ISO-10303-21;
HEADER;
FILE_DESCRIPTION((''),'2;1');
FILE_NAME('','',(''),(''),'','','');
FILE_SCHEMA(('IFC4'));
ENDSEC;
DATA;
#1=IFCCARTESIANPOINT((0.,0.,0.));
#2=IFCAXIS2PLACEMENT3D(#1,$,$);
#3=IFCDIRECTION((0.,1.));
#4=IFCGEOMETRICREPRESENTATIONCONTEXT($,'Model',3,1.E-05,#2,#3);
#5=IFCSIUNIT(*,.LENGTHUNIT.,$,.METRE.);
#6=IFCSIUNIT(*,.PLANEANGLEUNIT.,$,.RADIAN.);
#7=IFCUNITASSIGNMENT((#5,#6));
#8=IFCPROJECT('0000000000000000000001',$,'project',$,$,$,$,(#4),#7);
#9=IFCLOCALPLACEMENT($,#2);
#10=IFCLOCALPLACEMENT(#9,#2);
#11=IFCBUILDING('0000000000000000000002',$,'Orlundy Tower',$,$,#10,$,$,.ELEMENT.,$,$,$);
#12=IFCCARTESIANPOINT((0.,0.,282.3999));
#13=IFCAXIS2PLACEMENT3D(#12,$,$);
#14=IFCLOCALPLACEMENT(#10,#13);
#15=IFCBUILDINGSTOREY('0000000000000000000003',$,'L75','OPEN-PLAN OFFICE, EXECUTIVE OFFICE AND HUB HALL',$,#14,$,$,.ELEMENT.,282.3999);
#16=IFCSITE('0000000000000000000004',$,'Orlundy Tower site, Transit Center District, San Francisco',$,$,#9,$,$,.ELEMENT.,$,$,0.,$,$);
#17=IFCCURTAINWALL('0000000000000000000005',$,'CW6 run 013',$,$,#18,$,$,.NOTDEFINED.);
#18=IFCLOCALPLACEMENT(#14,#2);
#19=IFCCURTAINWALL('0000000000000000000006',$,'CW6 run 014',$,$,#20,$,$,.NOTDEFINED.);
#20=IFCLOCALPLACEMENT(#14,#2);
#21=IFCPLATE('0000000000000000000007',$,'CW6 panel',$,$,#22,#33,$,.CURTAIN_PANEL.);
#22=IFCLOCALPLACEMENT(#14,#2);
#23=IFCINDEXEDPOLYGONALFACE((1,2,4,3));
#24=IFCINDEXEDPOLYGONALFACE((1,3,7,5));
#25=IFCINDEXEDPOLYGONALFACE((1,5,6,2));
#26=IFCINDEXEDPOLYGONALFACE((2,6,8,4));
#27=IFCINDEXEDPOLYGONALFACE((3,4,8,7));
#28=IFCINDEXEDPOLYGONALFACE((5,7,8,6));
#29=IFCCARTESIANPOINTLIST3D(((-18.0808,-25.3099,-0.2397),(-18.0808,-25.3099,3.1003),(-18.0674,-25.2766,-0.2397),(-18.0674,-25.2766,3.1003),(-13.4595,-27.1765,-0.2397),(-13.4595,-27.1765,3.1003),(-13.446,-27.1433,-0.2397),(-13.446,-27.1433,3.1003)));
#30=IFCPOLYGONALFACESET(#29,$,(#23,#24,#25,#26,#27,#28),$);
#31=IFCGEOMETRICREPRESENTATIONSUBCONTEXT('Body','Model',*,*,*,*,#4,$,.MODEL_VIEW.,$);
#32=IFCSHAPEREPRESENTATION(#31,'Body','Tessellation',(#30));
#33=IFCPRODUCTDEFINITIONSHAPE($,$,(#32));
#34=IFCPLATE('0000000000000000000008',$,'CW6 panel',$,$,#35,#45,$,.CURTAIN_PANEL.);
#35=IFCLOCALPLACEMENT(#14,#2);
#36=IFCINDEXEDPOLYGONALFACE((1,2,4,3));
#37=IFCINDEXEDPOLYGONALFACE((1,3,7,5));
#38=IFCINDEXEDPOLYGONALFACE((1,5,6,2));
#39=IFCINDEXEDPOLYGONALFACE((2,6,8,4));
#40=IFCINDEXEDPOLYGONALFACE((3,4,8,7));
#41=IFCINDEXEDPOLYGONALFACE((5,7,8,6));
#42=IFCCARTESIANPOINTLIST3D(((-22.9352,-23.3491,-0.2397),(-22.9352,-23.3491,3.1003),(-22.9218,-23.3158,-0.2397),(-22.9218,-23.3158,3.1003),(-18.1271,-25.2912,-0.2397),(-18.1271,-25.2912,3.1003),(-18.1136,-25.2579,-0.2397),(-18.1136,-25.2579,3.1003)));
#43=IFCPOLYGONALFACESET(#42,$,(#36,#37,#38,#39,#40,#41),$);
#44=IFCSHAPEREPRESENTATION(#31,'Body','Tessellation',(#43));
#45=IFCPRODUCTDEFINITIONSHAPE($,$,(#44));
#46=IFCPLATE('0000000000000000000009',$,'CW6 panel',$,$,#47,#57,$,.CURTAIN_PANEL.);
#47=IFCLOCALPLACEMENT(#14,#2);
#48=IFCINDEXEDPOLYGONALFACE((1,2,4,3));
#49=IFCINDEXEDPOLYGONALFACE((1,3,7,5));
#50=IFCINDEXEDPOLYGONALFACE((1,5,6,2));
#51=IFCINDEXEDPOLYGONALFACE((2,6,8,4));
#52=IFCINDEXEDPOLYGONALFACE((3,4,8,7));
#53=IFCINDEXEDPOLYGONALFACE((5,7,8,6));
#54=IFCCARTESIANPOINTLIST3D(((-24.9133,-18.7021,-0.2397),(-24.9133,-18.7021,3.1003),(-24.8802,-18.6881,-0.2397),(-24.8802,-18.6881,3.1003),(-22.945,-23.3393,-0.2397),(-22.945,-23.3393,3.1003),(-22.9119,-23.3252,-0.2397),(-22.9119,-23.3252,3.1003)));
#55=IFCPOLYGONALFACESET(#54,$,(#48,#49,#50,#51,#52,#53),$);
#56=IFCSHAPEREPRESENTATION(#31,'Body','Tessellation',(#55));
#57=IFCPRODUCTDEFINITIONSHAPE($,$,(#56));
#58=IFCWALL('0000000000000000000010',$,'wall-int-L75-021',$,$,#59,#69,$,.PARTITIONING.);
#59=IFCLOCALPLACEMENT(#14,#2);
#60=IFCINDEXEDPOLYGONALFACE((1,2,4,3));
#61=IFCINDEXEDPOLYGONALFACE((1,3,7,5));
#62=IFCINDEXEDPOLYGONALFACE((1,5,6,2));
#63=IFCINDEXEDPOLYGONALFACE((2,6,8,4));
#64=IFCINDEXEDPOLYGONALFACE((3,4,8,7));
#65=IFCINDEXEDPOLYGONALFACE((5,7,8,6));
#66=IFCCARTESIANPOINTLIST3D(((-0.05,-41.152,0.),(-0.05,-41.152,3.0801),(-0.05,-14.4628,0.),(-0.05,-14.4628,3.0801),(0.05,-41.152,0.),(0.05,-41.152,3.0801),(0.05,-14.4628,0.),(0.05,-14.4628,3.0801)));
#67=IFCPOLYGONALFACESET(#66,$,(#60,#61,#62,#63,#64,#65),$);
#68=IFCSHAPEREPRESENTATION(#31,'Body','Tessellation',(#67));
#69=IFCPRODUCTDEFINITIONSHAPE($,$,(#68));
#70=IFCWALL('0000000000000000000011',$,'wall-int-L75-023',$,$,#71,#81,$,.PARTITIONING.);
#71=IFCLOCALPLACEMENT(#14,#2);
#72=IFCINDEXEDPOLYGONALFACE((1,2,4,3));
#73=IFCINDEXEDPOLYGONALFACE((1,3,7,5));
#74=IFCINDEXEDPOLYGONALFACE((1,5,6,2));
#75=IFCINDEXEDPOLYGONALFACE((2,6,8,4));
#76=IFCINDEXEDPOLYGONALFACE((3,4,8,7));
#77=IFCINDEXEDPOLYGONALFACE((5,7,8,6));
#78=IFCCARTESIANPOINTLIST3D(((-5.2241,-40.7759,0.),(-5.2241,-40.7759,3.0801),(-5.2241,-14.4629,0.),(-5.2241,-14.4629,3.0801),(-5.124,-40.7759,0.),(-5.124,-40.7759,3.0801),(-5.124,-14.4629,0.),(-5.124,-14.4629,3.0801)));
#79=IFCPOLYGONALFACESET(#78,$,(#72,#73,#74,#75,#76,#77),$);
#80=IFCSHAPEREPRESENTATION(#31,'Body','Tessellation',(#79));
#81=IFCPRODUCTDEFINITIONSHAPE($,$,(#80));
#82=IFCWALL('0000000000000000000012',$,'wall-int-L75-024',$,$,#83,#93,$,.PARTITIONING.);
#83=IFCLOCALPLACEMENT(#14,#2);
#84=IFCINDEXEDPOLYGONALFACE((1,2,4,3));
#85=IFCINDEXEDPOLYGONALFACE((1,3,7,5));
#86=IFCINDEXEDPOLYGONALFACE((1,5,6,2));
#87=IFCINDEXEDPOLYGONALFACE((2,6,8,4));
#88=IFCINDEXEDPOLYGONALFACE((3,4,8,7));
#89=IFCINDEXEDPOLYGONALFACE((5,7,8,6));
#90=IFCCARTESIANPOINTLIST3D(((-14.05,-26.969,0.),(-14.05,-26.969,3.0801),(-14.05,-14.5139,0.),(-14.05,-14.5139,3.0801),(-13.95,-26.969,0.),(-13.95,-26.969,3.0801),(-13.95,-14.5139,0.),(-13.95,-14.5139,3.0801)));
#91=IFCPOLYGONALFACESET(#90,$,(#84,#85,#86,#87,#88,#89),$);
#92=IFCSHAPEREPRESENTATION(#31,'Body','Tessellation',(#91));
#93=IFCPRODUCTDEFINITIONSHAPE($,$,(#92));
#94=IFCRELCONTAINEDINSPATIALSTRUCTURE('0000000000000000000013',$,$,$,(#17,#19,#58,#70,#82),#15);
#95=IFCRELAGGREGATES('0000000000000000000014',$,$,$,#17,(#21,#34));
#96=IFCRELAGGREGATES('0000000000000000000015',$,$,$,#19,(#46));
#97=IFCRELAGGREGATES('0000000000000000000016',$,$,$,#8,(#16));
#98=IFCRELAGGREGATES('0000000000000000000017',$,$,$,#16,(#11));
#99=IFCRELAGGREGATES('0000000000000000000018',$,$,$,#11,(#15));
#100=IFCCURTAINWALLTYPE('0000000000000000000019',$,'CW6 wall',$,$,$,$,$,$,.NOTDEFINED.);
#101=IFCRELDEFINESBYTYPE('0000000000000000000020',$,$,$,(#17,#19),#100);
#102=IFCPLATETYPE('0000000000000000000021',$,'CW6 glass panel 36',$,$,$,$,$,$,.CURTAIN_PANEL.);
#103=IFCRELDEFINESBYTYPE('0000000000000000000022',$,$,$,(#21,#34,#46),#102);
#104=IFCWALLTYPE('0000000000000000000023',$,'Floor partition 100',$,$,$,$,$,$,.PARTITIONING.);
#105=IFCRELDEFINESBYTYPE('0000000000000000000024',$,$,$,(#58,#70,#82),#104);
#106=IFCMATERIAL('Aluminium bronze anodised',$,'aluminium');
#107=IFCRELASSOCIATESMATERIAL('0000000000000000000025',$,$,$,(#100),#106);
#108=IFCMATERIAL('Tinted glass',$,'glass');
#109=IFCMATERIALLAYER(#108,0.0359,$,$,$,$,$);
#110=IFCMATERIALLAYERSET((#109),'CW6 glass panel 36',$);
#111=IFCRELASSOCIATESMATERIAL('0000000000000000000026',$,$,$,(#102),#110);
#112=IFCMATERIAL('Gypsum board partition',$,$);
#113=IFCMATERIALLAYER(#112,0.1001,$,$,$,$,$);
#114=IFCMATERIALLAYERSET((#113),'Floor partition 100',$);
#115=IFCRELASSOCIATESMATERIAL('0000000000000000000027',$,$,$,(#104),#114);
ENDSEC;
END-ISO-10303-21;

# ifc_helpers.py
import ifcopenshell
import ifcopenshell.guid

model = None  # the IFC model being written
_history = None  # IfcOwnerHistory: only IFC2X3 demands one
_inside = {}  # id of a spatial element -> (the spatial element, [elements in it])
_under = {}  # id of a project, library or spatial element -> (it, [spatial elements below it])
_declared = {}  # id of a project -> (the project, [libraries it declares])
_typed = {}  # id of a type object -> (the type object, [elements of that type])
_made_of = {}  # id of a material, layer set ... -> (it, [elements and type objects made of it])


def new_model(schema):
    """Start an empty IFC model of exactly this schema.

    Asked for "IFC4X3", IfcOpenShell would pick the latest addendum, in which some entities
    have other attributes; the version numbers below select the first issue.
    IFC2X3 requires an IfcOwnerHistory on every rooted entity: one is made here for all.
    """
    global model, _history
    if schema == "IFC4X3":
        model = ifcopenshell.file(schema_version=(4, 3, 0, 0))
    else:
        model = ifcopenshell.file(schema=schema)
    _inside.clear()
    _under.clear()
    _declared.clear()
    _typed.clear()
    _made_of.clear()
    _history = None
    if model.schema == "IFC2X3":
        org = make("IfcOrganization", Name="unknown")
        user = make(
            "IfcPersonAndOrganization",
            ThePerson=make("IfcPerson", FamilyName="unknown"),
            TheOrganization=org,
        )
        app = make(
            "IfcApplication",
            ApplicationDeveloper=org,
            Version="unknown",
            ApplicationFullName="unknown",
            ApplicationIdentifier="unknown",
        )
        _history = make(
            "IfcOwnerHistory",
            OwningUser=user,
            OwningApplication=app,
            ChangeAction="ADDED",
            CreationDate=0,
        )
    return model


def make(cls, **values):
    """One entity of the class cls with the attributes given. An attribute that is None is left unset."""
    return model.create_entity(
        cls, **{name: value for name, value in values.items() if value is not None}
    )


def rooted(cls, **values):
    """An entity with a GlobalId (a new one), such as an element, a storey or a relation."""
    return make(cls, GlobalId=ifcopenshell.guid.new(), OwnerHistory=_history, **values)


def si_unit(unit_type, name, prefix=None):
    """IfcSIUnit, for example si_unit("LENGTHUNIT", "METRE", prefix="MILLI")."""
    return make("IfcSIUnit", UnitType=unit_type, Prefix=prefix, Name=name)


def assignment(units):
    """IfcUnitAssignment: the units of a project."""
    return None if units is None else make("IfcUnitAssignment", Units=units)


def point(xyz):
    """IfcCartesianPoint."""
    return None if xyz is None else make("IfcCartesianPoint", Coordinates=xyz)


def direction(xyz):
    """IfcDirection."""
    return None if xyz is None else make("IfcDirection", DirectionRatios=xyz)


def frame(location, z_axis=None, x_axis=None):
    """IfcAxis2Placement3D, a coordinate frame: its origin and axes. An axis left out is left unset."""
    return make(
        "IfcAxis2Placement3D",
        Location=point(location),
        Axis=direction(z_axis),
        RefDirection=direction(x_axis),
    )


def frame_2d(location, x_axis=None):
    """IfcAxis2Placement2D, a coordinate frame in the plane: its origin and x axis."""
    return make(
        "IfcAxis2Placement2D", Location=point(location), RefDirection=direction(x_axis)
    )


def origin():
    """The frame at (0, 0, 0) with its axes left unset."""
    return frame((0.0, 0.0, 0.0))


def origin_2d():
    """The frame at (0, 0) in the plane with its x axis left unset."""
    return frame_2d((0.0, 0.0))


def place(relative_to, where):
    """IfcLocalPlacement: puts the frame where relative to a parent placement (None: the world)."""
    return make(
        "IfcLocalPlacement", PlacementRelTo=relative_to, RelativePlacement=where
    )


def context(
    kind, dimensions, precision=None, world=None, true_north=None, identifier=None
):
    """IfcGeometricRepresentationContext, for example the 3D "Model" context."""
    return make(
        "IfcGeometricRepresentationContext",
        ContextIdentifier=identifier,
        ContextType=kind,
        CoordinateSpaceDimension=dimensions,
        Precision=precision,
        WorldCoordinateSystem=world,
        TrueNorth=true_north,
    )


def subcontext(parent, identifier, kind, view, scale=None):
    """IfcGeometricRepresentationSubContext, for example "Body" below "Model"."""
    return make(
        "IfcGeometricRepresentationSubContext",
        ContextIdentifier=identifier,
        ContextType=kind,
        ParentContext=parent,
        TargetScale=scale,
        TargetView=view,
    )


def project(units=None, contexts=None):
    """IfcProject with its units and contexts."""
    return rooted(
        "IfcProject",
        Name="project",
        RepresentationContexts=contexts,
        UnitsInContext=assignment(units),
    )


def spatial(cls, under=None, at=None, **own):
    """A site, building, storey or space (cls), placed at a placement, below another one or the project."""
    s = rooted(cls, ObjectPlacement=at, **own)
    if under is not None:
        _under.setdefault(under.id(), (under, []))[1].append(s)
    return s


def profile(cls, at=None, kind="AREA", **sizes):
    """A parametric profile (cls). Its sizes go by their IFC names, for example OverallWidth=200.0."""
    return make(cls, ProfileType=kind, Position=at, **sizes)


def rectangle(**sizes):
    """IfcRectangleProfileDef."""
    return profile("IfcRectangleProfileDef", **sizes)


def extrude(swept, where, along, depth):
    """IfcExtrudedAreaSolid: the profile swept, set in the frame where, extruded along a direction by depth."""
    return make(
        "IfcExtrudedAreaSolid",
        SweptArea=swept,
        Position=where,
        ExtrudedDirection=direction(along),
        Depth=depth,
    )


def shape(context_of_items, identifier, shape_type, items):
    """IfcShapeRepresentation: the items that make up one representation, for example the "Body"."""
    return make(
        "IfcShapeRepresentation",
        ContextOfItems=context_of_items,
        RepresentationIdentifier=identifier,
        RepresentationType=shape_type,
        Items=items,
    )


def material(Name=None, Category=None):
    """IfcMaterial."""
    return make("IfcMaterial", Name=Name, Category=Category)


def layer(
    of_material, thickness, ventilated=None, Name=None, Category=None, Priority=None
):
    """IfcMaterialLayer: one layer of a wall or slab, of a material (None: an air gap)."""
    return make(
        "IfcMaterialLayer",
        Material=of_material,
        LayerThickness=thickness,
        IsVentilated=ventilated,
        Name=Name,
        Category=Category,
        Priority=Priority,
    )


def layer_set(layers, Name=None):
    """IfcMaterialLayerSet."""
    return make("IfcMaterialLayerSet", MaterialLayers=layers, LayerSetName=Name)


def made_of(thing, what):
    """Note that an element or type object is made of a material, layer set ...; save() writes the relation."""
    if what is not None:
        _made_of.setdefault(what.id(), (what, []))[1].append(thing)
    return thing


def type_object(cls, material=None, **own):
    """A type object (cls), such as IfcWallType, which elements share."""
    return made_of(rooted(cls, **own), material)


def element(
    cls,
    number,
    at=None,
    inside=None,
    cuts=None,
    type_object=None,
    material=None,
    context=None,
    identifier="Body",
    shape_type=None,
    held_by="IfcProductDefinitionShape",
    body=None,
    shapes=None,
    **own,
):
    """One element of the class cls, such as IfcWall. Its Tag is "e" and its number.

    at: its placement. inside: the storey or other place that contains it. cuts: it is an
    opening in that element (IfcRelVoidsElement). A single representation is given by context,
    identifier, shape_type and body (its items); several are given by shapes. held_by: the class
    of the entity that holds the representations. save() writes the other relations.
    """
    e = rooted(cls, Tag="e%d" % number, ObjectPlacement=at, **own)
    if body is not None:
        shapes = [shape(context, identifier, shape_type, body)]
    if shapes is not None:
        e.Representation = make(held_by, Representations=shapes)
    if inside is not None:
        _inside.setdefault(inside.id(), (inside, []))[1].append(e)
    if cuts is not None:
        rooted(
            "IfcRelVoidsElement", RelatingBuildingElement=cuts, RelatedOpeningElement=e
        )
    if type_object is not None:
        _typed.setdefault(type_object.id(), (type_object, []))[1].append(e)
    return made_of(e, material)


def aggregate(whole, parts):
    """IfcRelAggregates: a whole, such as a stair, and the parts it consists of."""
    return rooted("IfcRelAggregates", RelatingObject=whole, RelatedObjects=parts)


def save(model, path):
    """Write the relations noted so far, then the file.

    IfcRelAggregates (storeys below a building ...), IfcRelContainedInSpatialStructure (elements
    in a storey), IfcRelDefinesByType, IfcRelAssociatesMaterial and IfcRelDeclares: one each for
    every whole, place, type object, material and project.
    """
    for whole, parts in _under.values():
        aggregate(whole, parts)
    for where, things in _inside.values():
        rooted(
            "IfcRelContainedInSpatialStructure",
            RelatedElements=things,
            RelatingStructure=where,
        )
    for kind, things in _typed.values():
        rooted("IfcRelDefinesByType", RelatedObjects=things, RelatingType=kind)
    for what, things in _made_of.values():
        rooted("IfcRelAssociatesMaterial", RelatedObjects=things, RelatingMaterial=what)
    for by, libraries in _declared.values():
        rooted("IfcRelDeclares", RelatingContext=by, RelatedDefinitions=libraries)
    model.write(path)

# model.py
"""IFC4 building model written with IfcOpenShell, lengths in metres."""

from ifc_helpers import new_model, si_unit, direction, frame, frame_2d, origin, origin_2d, place, context, subcontext, project, spatial, rectangle, extrude, material, layer, layer_set, type_object, element, aggregate, save


model = new_model("IFC4")

# Units and contexts
model_context = context("Model", 3, precision=1e-05, world=origin(), true_north=direction((0.0, 1.0)))
body_context = subcontext(model_context, "Body", "Model", "MODEL_VIEW")
ifc_project = project(units=[si_unit("LENGTHUNIT", "METRE"), si_unit("PLANEANGLEUNIT", "RADIAN")], contexts=[model_context])

# Site, building, storey
site_placement = place(None, origin())
site = spatial("IfcSite", under=ifc_project, at=site_placement, Name="Orlundy Tower site, Transit Center District, San Francisco", CompositionType="ELEMENT", RefElevation=0.0)
building_placement = place(site_placement, origin())
building = spatial("IfcBuilding", under=site, at=building_placement, Name="Orlundy Tower", CompositionType="ELEMENT")
storey_placement = place(building_placement, frame((0.0, 0.0, 282.3999)))
storey = spatial("IfcBuildingStorey", under=building, at=storey_placement, Name="L75", Description="OPEN-PLAN OFFICE, EXECUTIVE OFFICE AND HUB HALL", CompositionType="ELEMENT", Elevation=282.3999)

# Curtain walls
ifc_material_1 = material(Name="Aluminium bronze anodised", Category="aluminium")
curtain_wall_type = type_object("IfcCurtainWallType", Name="CW6 wall", PredefinedType="NOTDEFINED", material=ifc_material_1)
curtain_wall_1_placement = place(storey_placement, origin())
curtain_wall_1 = element("IfcCurtainWall", 1, at=curtain_wall_1_placement, inside=storey, type_object=curtain_wall_type, Name="CW6 run 013", PredefinedType="NOTDEFINED")
curtain_wall_2_placement = place(storey_placement, origin())
curtain_wall_2 = element("IfcCurtainWall", 2, at=curtain_wall_2_placement, inside=storey, type_object=curtain_wall_type, Name="CW6 run 014", PredefinedType="NOTDEFINED")

# Shared definitions
ifc_material_2 = material(Name="Tinted glass", Category="glass")
ifc_layer_1 = layer(ifc_material_2, 0.0359)
ifc_layer_set_1 = layer_set([ifc_layer_1], Name="CW6 glass panel 36")
plate_type = type_object("IfcPlateType", Name="CW6 glass panel 36", PredefinedType="CURTAIN_PANEL", material=ifc_layer_set_1)

# Plates
plate_1_placement = place(storey_placement, frame((-15.7634, -26.2266, -0.2397), z_axis=(0.0, 0.0, 1.0), x_axis=(-0.927218, 0.374521, 0.0)))
plate_1 = element("IfcPlate", 3, at=plate_1_placement, type_object=plate_type, Name="CW6 panel", PredefinedType="CURTAIN_PANEL", context=body_context, shape_type="SweptSolid", body=[
    extrude(rectangle(XDim=4.9841, YDim=0.0359, at=origin_2d()), origin(), (0.0, 0.0, 1.0), 3.3401),
])
plate_2_placement = place(storey_placement, frame((-20.5244, -24.3035, -0.2397), z_axis=(0.0, 0.0, 1.0), x_axis=(-0.927218, 0.374521, 0.0)))
plate_2 = element("IfcPlate", 4, at=plate_2_placement, type_object=plate_type, Name="CW6 panel", PredefinedType="CURTAIN_PANEL", context=body_context, shape_type="SweptSolid", body=[
    extrude(rectangle(XDim=5.1855, YDim=0.0359, at=origin_2d()), origin(), (0.0, 0.0, 1.0), 3.3401),
])
aggregate(curtain_wall_1, [plate_1, plate_2])
plate_3_placement = place(storey_placement, frame((-23.9126, -21.0137, -0.2397), z_axis=(0.0, 0.0, 1.0), x_axis=(-0.390727, 0.920507, 0.0)))
plate_3 = element("IfcPlate", 5, at=plate_3_placement, type_object=plate_type, Name="CW6 panel", PredefinedType="CURTAIN_PANEL", context=body_context, shape_type="SweptSolid", body=[
    extrude(rectangle(XDim=5.0376, YDim=0.0359, at=origin_2d()), origin(), (0.0, 0.0, 1.0), 3.3401),
])
aggregate(curtain_wall_2, [plate_3])

# Walls
ifc_material_3 = material(Name="Gypsum board partition")
ifc_layer_2 = layer(ifc_material_3, 0.1001)
ifc_layer_set_2 = layer_set([ifc_layer_2], Name="Floor partition 100")
wall_type = type_object("IfcWallType", Name="Floor partition 100", PredefinedType="PARTITIONING", material=ifc_layer_set_2)
wall_1_placement = place(storey_placement, frame((0.0, -41.1521, 0.0), z_axis=(0.0, 0.0, 1.0), x_axis=(0.0, 1.0, 0.0)))
element("IfcWall", 6, at=wall_1_placement, inside=storey, type_object=wall_type, Name="wall-int-L75-021", PredefinedType="PARTITIONING", context=body_context, shape_type="SweptSolid", body=[
    extrude(rectangle(XDim=26.6892, YDim=0.1001, at=frame_2d((13.3447, 0.0))), origin(), (0.0, 0.0, 1.0), 3.0801),
])
wall_2_placement = place(storey_placement, frame((-5.1741, -40.7759, 0.0), z_axis=(0.0, 0.0, 1.0), x_axis=(0.0, 1.0, 0.0)))
element("IfcWall", 7, at=wall_2_placement, inside=storey, type_object=wall_type, Name="wall-int-L75-023", PredefinedType="PARTITIONING", context=body_context, shape_type="SweptSolid", body=[
    extrude(rectangle(XDim=26.313, YDim=0.1001, at=frame_2d((13.1565, 0.0))), origin(), (0.0, 0.0, 1.0), 3.0801),
])
wall_3_placement = place(storey_placement, frame((-14.0, -26.969, 0.0), z_axis=(0.0, 0.0, 1.0), x_axis=(0.0, 1.0, 0.0)))
element("IfcWall", 8, at=wall_3_placement, inside=storey, type_object=wall_type, Name="wall-int-L75-024", PredefinedType="PARTITIONING", context=body_context, shape_type="SweptSolid", body=[
    extrude(rectangle(XDim=12.4551, YDim=0.1001, at=frame_2d((6.2275, 0.0))), origin(), (0.0, 0.0, 1.0), 3.0801),
])

save(model, "model.ifc")
